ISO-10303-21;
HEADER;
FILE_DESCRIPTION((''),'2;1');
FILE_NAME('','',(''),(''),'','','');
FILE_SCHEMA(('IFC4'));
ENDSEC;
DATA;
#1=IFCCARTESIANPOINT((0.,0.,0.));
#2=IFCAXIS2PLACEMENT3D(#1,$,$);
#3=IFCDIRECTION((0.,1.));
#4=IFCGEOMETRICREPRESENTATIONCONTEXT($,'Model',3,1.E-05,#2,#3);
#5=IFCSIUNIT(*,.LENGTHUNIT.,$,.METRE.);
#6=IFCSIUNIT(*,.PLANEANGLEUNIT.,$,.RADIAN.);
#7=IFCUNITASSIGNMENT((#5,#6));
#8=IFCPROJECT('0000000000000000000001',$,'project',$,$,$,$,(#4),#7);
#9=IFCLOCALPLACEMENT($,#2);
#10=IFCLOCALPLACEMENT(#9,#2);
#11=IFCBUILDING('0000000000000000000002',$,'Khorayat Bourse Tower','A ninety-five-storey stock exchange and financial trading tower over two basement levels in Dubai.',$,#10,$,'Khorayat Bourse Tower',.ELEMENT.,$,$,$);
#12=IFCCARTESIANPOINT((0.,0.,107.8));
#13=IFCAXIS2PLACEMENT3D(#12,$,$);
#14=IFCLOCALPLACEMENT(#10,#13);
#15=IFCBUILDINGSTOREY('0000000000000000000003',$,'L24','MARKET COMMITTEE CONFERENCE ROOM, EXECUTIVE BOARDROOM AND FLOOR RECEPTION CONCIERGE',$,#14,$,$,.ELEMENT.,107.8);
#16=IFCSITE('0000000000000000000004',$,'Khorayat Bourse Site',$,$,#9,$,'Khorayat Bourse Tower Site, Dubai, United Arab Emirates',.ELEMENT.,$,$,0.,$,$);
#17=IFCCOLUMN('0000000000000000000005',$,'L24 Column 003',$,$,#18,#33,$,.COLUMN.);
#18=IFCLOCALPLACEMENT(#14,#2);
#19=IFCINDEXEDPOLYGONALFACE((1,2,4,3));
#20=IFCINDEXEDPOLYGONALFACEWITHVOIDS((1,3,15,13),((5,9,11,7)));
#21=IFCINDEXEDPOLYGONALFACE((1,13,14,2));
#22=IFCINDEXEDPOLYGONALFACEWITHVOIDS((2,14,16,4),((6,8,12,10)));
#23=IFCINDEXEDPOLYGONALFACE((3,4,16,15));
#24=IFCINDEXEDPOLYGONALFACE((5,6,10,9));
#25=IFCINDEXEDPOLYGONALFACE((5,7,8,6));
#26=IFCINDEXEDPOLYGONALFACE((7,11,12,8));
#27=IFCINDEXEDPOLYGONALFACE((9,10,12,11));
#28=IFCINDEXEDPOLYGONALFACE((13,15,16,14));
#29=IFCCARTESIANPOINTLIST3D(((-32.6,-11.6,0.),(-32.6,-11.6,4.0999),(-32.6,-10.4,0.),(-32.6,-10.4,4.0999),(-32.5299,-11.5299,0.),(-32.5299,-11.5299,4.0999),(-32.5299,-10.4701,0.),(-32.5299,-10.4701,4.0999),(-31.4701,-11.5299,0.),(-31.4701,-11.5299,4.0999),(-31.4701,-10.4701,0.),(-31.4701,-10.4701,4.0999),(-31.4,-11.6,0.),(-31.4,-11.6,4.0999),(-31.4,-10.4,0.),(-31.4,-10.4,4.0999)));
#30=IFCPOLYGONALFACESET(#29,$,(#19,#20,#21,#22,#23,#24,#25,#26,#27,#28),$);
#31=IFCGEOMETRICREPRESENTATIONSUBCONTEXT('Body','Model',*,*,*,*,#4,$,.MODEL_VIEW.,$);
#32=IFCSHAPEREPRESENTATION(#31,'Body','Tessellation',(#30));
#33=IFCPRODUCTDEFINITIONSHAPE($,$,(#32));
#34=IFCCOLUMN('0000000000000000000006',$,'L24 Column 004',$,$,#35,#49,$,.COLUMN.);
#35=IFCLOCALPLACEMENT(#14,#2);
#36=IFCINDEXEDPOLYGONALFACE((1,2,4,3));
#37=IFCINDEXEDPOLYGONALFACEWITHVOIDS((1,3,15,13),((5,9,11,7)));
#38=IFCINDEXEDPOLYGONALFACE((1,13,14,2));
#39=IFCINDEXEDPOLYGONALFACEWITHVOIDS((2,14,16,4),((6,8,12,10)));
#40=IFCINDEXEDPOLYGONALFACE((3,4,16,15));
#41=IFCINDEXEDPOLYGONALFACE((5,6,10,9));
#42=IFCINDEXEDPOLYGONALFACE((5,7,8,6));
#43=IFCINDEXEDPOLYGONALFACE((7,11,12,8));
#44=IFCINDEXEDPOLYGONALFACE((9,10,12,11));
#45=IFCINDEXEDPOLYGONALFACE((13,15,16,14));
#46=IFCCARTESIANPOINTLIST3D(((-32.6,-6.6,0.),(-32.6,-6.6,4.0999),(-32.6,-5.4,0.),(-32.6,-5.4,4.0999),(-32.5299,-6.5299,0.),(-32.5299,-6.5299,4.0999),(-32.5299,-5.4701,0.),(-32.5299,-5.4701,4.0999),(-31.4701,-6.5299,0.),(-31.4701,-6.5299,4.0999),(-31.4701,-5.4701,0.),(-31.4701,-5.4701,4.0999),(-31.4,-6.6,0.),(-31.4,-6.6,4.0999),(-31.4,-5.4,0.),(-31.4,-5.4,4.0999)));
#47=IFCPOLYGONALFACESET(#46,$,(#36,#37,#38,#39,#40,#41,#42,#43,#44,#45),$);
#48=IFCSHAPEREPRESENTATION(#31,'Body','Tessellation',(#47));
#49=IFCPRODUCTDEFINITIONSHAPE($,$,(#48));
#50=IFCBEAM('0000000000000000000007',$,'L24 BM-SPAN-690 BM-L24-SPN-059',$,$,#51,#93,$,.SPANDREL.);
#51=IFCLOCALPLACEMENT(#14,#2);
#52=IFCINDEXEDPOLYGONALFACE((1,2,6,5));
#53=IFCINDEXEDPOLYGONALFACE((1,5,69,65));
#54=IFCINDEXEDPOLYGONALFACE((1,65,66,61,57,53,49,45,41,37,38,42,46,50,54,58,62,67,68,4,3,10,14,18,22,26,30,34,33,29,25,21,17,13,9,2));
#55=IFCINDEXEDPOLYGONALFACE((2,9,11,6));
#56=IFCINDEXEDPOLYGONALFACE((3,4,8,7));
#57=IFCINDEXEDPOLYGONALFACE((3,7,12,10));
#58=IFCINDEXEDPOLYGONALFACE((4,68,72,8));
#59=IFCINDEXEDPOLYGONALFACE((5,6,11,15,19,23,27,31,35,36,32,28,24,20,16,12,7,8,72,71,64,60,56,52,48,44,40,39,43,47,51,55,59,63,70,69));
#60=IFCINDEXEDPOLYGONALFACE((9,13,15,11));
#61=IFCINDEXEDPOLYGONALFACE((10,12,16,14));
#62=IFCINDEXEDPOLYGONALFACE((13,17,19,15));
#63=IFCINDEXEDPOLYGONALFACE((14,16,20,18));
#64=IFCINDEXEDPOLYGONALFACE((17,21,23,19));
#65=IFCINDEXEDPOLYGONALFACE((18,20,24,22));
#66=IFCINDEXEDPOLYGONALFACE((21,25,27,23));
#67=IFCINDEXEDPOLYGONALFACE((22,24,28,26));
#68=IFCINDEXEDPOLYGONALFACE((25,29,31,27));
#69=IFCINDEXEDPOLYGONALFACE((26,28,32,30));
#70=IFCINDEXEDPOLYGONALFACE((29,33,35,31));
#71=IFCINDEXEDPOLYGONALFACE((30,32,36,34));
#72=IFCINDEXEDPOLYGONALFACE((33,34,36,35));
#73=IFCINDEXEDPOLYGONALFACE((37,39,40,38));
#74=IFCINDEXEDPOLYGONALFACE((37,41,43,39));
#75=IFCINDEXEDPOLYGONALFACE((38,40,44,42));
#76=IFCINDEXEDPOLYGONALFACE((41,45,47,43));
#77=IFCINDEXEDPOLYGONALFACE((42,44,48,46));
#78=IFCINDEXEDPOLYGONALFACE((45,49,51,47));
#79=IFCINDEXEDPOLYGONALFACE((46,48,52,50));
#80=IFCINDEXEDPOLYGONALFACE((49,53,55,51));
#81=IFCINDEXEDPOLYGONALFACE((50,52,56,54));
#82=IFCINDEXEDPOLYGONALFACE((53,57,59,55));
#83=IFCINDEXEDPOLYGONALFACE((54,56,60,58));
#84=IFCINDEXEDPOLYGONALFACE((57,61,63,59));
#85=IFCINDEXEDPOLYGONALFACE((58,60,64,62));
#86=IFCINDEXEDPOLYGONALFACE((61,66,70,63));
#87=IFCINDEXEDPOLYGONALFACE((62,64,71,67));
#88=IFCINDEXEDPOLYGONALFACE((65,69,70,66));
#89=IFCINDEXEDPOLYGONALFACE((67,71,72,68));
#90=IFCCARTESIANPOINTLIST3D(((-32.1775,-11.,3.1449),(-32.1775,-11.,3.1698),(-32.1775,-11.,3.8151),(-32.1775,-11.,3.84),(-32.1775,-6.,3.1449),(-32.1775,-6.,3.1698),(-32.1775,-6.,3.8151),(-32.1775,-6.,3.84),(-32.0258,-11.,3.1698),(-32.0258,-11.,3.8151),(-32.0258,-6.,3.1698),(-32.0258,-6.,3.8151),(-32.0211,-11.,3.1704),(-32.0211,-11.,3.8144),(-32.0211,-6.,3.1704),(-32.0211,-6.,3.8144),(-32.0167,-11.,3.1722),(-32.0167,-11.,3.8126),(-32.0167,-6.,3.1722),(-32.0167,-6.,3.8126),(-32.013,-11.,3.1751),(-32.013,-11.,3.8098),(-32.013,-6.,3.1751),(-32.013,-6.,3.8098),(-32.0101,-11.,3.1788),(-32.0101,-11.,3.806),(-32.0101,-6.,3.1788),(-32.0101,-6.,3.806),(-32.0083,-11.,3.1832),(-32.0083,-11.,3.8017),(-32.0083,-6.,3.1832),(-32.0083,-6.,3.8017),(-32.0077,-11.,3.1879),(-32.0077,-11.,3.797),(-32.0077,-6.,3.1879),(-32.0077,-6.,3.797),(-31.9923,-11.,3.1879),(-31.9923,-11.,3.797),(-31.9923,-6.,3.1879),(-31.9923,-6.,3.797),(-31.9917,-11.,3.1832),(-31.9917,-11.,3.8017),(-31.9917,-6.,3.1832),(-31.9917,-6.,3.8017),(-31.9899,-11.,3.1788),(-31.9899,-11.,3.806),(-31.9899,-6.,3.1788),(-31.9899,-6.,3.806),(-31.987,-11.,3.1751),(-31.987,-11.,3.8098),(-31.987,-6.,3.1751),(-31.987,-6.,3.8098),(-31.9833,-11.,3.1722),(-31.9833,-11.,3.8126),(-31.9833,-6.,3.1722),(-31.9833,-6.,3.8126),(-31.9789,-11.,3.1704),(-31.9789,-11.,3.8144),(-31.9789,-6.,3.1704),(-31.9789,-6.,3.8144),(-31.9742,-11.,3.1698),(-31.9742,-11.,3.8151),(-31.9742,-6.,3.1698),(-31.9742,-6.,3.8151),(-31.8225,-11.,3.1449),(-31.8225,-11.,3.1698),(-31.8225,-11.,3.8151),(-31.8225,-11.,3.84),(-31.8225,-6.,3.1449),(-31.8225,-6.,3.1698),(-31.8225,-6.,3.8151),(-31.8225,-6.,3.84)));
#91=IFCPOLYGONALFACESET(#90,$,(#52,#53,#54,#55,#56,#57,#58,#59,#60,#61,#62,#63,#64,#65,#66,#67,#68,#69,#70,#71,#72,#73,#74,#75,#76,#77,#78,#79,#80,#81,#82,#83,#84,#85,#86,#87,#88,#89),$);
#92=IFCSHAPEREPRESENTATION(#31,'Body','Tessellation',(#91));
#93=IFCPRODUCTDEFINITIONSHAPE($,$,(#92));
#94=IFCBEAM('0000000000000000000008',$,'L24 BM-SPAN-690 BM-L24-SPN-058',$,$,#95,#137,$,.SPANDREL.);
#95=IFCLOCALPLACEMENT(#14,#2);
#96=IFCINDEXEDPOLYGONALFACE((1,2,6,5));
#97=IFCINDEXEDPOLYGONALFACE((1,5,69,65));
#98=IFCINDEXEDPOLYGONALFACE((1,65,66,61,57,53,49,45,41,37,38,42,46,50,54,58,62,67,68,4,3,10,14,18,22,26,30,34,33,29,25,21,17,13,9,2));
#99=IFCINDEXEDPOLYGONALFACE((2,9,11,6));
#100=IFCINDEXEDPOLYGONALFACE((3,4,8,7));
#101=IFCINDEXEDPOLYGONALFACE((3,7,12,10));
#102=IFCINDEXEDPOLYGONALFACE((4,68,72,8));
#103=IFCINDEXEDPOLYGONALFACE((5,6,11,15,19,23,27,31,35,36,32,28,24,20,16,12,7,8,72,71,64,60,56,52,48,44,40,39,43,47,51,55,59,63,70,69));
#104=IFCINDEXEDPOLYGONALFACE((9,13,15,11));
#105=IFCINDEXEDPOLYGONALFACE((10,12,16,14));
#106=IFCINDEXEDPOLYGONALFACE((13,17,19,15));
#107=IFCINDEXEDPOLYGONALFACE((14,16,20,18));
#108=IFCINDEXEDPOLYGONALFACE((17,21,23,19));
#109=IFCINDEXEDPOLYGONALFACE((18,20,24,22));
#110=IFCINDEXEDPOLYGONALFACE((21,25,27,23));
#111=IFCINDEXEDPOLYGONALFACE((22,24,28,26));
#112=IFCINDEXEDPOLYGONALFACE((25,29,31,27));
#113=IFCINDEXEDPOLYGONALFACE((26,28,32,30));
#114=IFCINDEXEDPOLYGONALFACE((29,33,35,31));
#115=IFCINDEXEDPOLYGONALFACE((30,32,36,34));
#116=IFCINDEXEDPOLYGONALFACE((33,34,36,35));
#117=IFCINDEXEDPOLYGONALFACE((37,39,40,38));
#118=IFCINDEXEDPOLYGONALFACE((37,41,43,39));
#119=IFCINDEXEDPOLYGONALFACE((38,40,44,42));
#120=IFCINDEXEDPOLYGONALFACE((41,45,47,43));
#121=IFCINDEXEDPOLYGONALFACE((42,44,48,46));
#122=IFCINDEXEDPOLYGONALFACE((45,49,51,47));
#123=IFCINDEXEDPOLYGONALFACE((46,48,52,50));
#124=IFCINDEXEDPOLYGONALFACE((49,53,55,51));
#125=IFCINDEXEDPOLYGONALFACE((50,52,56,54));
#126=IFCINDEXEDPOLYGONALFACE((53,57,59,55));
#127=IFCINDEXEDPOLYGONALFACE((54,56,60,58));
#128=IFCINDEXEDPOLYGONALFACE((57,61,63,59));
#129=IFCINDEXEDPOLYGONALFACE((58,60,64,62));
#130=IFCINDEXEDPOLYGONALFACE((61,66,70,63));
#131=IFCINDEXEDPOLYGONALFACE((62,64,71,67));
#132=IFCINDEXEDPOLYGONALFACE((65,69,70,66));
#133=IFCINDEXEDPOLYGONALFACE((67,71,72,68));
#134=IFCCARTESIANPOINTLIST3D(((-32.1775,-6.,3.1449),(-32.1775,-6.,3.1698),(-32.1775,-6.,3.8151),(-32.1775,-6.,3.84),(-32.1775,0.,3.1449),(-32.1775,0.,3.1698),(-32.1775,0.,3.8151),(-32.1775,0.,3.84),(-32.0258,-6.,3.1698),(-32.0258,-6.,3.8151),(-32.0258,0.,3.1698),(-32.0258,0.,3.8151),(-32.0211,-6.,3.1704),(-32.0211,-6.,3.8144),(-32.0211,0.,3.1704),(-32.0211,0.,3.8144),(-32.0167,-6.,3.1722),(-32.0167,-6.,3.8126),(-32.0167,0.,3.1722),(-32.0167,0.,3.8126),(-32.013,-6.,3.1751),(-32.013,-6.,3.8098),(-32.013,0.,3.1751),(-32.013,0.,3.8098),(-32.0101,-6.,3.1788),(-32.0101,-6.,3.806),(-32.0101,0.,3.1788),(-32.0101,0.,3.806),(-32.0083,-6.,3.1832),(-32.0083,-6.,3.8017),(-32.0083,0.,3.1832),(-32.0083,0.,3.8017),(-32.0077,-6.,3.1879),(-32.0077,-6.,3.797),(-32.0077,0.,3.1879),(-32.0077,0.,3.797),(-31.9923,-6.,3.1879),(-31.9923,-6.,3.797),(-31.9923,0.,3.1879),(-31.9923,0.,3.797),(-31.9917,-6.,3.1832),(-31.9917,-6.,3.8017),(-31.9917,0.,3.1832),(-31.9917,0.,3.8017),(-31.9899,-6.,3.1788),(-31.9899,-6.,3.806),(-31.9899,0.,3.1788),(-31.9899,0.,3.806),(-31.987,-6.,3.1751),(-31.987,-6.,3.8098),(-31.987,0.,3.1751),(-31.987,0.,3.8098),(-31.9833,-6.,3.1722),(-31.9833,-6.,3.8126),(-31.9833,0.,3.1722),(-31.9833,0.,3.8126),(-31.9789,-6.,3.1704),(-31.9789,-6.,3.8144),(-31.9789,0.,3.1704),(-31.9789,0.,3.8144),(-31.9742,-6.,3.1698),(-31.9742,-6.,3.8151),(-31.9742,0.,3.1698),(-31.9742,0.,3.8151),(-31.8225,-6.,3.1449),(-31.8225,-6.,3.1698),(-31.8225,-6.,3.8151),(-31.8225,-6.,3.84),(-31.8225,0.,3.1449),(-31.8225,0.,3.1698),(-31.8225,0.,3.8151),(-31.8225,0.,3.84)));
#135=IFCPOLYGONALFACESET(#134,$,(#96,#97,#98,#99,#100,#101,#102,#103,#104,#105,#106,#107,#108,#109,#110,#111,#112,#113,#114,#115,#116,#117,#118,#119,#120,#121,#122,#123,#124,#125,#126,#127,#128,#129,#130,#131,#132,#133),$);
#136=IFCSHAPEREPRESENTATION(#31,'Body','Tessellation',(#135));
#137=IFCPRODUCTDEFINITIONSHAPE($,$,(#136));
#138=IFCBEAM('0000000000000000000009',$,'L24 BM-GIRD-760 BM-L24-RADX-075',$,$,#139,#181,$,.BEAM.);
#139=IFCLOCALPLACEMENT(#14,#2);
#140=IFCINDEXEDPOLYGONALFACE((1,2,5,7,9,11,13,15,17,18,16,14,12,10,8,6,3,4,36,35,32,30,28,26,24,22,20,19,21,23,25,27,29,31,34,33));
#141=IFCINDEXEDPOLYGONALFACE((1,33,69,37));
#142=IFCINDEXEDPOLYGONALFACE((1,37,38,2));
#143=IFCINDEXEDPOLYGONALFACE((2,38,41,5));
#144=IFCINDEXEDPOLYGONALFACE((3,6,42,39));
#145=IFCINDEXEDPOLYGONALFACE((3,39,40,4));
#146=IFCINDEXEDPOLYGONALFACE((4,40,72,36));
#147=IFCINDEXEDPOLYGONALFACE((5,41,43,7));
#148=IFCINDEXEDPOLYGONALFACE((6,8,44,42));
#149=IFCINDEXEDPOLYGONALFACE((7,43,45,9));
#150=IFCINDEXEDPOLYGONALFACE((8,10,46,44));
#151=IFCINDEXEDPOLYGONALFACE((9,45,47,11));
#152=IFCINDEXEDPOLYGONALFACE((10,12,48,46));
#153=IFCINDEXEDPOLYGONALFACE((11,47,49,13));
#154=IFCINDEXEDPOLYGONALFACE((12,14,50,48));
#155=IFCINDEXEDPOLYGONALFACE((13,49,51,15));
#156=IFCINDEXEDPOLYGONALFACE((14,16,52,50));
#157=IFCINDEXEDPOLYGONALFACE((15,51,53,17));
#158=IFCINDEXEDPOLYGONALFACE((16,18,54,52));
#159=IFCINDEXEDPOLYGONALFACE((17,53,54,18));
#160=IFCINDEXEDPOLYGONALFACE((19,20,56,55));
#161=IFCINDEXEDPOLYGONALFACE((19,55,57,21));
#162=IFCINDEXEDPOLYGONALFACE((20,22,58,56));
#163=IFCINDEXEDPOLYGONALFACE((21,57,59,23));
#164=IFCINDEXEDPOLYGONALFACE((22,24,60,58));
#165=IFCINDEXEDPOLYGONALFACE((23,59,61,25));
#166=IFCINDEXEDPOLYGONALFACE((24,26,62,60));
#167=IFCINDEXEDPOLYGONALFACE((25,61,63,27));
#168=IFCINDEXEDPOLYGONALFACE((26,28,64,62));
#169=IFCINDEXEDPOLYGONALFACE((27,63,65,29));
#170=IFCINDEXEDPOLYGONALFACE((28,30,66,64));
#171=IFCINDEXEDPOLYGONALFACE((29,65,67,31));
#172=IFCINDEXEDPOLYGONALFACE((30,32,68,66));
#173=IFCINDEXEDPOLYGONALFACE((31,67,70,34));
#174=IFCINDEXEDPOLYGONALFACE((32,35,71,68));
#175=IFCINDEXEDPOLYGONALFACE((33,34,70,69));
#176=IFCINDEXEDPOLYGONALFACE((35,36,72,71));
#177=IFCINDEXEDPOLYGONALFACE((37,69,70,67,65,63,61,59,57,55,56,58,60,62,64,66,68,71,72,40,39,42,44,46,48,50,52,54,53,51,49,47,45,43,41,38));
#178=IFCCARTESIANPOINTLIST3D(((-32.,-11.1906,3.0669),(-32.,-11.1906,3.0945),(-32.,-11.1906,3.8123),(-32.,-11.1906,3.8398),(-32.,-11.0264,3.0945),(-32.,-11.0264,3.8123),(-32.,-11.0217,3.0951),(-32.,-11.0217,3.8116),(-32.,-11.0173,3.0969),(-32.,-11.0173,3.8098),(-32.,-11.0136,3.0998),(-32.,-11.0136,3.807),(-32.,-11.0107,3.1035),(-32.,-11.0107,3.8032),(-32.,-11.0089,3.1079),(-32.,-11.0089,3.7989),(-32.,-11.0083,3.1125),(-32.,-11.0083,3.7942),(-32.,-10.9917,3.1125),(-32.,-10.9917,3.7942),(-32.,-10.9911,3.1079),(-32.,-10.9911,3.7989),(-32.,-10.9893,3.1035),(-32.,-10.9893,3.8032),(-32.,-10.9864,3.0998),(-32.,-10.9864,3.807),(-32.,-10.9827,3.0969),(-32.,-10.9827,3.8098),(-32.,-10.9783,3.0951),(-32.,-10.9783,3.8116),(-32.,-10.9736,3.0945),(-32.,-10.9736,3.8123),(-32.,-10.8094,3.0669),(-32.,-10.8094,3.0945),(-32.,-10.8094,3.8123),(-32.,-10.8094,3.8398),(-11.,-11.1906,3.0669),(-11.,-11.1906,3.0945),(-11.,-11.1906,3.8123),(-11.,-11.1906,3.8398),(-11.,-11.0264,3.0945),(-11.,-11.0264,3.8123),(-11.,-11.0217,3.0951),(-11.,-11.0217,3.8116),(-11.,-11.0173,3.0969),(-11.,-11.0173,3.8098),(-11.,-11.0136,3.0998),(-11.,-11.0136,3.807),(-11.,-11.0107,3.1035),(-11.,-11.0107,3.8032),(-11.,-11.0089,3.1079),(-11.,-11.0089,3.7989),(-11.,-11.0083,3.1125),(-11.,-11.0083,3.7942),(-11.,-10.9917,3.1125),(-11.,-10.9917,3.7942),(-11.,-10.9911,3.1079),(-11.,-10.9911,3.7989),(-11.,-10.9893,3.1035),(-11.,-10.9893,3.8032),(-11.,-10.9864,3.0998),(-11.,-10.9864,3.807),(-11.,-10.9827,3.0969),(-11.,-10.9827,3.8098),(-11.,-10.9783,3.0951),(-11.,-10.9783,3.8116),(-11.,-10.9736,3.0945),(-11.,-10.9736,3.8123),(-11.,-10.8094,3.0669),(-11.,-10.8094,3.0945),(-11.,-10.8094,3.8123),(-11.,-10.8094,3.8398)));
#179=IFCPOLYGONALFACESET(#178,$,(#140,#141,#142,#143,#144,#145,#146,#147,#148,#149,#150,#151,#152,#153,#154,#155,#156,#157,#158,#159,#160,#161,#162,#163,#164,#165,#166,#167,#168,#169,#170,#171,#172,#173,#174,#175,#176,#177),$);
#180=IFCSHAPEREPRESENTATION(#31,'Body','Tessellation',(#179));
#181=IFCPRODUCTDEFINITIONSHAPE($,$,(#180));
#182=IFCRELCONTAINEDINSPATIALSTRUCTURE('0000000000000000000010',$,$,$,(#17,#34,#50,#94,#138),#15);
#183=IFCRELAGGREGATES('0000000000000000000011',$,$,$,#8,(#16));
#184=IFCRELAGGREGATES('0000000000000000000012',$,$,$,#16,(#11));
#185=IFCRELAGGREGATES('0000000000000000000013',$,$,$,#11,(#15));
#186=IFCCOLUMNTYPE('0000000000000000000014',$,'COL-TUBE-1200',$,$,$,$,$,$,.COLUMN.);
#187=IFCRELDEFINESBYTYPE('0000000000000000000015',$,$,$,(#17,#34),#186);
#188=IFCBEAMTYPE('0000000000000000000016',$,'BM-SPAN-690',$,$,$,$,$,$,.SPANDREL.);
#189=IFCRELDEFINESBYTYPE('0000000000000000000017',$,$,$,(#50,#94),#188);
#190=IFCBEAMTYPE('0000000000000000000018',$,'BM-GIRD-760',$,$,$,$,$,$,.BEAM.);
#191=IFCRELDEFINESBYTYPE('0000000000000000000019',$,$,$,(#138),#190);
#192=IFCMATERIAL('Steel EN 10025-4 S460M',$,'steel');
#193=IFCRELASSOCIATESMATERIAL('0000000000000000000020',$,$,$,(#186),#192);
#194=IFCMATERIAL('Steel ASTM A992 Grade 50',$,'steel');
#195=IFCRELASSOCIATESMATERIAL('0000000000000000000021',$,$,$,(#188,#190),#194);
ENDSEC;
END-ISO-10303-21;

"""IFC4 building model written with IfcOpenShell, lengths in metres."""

from ifc_helpers import new_model, si_unit, direction, frame, origin, origin_2d, place, context, subcontext, project, spatial, hollow_rectangle, i_section, extrude, source, transform, mapped, material, material_profile, profile_set, type_object, element, save


model = new_model("IFC4")

# Units and contexts
model_context = context("Model", 3, precision=1e-05, world=origin(), true_north=direction((0.0, 1.0)))
body_context = subcontext(model_context, "Body", "Model", "MODEL_VIEW")
ifc_project = project(units=[si_unit("LENGTHUNIT", "METRE"), si_unit("PLANEANGLEUNIT", "RADIAN")], contexts=[model_context])

# Site, building, storey
site_placement = place(None, origin())
site = spatial("IfcSite", under=ifc_project, at=site_placement, Name="Khorayat Bourse Site", LongName="Khorayat Bourse Tower Site, Dubai, United Arab Emirates", CompositionType="ELEMENT", RefElevation=0.0)
building_placement = place(site_placement, origin())
building = spatial("IfcBuilding", under=site, at=building_placement, Name="Khorayat Bourse Tower", Description="A ninety-five-storey stock exchange and financial trading tower over two basement levels in Dubai.", LongName="Khorayat Bourse Tower", CompositionType="ELEMENT")
storey_placement = place(building_placement, frame((0.0, 0.0, 107.8)))
storey = spatial("IfcBuildingStorey", under=building, at=storey_placement, Name="L24", Description="MARKET COMMITTEE CONFERENCE ROOM, EXECUTIVE BOARDROOM AND FLOOR RECEPTION CONCIERGE", CompositionType="ELEMENT", Elevation=107.8)

# Columns
ifc_material_1 = material(Name="Steel EN 10025-4 S460M", Category="steel")
ifc_material_profile_1 = material_profile(ifc_material_1, hollow_rectangle(XDim=1.2, YDim=1.2, WallThickness=0.0701, at=origin_2d()), Name="BOX 1200x1200x70")
ifc_profile_set_1 = profile_set([ifc_material_profile_1], Name="Steel EN 10025-4 S460M")
column_type = type_object("IfcColumnType", Name="COL-TUBE-1200", PredefinedType="COLUMN", material=ifc_profile_set_1)
shared_shape_1 = source(origin(), body_context, "Body", "SweptSolid", [
    extrude(hollow_rectangle(XDim=1.2, YDim=1.2, WallThickness=0.0701, at=origin_2d()), origin(), (0.0, 0.0, 1.0), 4.0999),
])
for number, where, z_axis, x_axis, name in (
    (1, (-32.0, -11.0, 0.0), (0.0, 0.0, 1.0), (1.0, 0.0, 0.0), "L24 Column 003"),
    (2, (-32.0, -6.0, 0.0), (0.0, 0.0, 1.0), (1.0, 0.0, 0.0), "L24 Column 004"),
):
    element("IfcColumn", number, at=place(storey_placement, frame(where, z_axis=z_axis, x_axis=x_axis)), inside=storey, type_object=column_type, Name=name, PredefinedType="COLUMN", context=body_context, shape_type="MappedRepresentation", body=[
        mapped(shared_shape_1, transform((0.0, 0.0, 0.0), scale=1.0)),
    ])

# Beams
ifc_material_2 = material(Name="Steel ASTM A992 Grade 50", Category="steel")
ifc_material_profile_2 = material_profile(ifc_material_2, i_section(OverallWidth=0.355, OverallDepth=0.6951, WebThickness=0.0154, FlangeThickness=0.0249, FilletRadius=0.0181, at=origin_2d()), Name="W690X217")
ifc_profile_set_2 = profile_set([ifc_material_profile_2], Name="Steel ASTM A992 Grade 50")
beam_type_1 = type_object("IfcBeamType", Name="BM-SPAN-690", PredefinedType="SPANDREL", material=ifc_profile_set_2)
shared_shape_2 = source(origin(), body_context, "Body", "SweptSolid", [
    extrude(i_section(OverallWidth=0.355, OverallDepth=0.6951, WebThickness=0.0154, FlangeThickness=0.0249, FilletRadius=0.0181, at=origin_2d()), origin(), (0.0, 0.0, 1.0), 5.0),
])
beam_1_placement = place(storey_placement, frame((-32.0, -11.0, 3.4924), z_axis=(0.0, 1.0, 0.0), x_axis=(-1.0, 0.0, 0.0)))
element("IfcBeam", 3, at=beam_1_placement, inside=storey, type_object=beam_type_1, Name="L24 BM-SPAN-690 BM-L24-SPN-059", PredefinedType="SPANDREL", context=body_context, shape_type="MappedRepresentation", body=[
    mapped(shared_shape_2, transform((0.0, 0.0, 0.0), scale=1.0)),
])
shared_shape_3 = source(origin(), body_context, "Body", "SweptSolid", [
    extrude(i_section(OverallWidth=0.355, OverallDepth=0.6951, WebThickness=0.0154, FlangeThickness=0.0249, FilletRadius=0.0181, at=origin_2d()), origin(), (0.0, 0.0, 1.0), 6.0),
])
beam_2_placement = place(storey_placement, frame((-32.0, -6.0, 3.4924), z_axis=(0.0, 1.0, 0.0), x_axis=(-1.0, 0.0, 0.0)))
element("IfcBeam", 4, at=beam_2_placement, inside=storey, type_object=beam_type_1, Name="L24 BM-SPAN-690 BM-L24-SPN-058", PredefinedType="SPANDREL", context=body_context, shape_type="MappedRepresentation", body=[
    mapped(shared_shape_3, transform((0.0, 0.0, 0.0), scale=1.0)),
])
ifc_material_profile_3 = material_profile(ifc_material_2, i_section(OverallWidth=0.3811, OverallDepth=0.7729, WebThickness=0.0166, FlangeThickness=0.0276, FilletRadius=0.0181, at=origin_2d()), Name="W760X257")
ifc_profile_set_3 = profile_set([ifc_material_profile_3], Name="Steel ASTM A992 Grade 50")
beam_type_2 = type_object("IfcBeamType", Name="BM-GIRD-760", PredefinedType="BEAM", material=ifc_profile_set_3)
shared_shape_4 = source(origin(), body_context, "Body", "SweptSolid", [
    extrude(i_section(OverallWidth=0.3811, OverallDepth=0.7729, WebThickness=0.0166, FlangeThickness=0.0276, FilletRadius=0.0181, at=origin_2d()), origin(), (0.0, 0.0, 1.0), 21.0),
])
for number, where, z_axis, x_axis, name in (
    (5, (-32.0, -11.0, 3.4534), (1.0, 0.0, 0.0), (0.0, 1.0, 0.0), "L24 BM-GIRD-760 BM-L24-RADX-075"),
):
    element("IfcBeam", number, at=place(storey_placement, frame(where, z_axis=z_axis, x_axis=x_axis)), inside=storey, type_object=beam_type_2, Name=name, PredefinedType="BEAM", context=body_context, shape_type="MappedRepresentation", body=[
        mapped(shared_shape_4, transform((0.0, 0.0, 0.0), scale=1.0)),
    ])

save(model, "model.ifc")
